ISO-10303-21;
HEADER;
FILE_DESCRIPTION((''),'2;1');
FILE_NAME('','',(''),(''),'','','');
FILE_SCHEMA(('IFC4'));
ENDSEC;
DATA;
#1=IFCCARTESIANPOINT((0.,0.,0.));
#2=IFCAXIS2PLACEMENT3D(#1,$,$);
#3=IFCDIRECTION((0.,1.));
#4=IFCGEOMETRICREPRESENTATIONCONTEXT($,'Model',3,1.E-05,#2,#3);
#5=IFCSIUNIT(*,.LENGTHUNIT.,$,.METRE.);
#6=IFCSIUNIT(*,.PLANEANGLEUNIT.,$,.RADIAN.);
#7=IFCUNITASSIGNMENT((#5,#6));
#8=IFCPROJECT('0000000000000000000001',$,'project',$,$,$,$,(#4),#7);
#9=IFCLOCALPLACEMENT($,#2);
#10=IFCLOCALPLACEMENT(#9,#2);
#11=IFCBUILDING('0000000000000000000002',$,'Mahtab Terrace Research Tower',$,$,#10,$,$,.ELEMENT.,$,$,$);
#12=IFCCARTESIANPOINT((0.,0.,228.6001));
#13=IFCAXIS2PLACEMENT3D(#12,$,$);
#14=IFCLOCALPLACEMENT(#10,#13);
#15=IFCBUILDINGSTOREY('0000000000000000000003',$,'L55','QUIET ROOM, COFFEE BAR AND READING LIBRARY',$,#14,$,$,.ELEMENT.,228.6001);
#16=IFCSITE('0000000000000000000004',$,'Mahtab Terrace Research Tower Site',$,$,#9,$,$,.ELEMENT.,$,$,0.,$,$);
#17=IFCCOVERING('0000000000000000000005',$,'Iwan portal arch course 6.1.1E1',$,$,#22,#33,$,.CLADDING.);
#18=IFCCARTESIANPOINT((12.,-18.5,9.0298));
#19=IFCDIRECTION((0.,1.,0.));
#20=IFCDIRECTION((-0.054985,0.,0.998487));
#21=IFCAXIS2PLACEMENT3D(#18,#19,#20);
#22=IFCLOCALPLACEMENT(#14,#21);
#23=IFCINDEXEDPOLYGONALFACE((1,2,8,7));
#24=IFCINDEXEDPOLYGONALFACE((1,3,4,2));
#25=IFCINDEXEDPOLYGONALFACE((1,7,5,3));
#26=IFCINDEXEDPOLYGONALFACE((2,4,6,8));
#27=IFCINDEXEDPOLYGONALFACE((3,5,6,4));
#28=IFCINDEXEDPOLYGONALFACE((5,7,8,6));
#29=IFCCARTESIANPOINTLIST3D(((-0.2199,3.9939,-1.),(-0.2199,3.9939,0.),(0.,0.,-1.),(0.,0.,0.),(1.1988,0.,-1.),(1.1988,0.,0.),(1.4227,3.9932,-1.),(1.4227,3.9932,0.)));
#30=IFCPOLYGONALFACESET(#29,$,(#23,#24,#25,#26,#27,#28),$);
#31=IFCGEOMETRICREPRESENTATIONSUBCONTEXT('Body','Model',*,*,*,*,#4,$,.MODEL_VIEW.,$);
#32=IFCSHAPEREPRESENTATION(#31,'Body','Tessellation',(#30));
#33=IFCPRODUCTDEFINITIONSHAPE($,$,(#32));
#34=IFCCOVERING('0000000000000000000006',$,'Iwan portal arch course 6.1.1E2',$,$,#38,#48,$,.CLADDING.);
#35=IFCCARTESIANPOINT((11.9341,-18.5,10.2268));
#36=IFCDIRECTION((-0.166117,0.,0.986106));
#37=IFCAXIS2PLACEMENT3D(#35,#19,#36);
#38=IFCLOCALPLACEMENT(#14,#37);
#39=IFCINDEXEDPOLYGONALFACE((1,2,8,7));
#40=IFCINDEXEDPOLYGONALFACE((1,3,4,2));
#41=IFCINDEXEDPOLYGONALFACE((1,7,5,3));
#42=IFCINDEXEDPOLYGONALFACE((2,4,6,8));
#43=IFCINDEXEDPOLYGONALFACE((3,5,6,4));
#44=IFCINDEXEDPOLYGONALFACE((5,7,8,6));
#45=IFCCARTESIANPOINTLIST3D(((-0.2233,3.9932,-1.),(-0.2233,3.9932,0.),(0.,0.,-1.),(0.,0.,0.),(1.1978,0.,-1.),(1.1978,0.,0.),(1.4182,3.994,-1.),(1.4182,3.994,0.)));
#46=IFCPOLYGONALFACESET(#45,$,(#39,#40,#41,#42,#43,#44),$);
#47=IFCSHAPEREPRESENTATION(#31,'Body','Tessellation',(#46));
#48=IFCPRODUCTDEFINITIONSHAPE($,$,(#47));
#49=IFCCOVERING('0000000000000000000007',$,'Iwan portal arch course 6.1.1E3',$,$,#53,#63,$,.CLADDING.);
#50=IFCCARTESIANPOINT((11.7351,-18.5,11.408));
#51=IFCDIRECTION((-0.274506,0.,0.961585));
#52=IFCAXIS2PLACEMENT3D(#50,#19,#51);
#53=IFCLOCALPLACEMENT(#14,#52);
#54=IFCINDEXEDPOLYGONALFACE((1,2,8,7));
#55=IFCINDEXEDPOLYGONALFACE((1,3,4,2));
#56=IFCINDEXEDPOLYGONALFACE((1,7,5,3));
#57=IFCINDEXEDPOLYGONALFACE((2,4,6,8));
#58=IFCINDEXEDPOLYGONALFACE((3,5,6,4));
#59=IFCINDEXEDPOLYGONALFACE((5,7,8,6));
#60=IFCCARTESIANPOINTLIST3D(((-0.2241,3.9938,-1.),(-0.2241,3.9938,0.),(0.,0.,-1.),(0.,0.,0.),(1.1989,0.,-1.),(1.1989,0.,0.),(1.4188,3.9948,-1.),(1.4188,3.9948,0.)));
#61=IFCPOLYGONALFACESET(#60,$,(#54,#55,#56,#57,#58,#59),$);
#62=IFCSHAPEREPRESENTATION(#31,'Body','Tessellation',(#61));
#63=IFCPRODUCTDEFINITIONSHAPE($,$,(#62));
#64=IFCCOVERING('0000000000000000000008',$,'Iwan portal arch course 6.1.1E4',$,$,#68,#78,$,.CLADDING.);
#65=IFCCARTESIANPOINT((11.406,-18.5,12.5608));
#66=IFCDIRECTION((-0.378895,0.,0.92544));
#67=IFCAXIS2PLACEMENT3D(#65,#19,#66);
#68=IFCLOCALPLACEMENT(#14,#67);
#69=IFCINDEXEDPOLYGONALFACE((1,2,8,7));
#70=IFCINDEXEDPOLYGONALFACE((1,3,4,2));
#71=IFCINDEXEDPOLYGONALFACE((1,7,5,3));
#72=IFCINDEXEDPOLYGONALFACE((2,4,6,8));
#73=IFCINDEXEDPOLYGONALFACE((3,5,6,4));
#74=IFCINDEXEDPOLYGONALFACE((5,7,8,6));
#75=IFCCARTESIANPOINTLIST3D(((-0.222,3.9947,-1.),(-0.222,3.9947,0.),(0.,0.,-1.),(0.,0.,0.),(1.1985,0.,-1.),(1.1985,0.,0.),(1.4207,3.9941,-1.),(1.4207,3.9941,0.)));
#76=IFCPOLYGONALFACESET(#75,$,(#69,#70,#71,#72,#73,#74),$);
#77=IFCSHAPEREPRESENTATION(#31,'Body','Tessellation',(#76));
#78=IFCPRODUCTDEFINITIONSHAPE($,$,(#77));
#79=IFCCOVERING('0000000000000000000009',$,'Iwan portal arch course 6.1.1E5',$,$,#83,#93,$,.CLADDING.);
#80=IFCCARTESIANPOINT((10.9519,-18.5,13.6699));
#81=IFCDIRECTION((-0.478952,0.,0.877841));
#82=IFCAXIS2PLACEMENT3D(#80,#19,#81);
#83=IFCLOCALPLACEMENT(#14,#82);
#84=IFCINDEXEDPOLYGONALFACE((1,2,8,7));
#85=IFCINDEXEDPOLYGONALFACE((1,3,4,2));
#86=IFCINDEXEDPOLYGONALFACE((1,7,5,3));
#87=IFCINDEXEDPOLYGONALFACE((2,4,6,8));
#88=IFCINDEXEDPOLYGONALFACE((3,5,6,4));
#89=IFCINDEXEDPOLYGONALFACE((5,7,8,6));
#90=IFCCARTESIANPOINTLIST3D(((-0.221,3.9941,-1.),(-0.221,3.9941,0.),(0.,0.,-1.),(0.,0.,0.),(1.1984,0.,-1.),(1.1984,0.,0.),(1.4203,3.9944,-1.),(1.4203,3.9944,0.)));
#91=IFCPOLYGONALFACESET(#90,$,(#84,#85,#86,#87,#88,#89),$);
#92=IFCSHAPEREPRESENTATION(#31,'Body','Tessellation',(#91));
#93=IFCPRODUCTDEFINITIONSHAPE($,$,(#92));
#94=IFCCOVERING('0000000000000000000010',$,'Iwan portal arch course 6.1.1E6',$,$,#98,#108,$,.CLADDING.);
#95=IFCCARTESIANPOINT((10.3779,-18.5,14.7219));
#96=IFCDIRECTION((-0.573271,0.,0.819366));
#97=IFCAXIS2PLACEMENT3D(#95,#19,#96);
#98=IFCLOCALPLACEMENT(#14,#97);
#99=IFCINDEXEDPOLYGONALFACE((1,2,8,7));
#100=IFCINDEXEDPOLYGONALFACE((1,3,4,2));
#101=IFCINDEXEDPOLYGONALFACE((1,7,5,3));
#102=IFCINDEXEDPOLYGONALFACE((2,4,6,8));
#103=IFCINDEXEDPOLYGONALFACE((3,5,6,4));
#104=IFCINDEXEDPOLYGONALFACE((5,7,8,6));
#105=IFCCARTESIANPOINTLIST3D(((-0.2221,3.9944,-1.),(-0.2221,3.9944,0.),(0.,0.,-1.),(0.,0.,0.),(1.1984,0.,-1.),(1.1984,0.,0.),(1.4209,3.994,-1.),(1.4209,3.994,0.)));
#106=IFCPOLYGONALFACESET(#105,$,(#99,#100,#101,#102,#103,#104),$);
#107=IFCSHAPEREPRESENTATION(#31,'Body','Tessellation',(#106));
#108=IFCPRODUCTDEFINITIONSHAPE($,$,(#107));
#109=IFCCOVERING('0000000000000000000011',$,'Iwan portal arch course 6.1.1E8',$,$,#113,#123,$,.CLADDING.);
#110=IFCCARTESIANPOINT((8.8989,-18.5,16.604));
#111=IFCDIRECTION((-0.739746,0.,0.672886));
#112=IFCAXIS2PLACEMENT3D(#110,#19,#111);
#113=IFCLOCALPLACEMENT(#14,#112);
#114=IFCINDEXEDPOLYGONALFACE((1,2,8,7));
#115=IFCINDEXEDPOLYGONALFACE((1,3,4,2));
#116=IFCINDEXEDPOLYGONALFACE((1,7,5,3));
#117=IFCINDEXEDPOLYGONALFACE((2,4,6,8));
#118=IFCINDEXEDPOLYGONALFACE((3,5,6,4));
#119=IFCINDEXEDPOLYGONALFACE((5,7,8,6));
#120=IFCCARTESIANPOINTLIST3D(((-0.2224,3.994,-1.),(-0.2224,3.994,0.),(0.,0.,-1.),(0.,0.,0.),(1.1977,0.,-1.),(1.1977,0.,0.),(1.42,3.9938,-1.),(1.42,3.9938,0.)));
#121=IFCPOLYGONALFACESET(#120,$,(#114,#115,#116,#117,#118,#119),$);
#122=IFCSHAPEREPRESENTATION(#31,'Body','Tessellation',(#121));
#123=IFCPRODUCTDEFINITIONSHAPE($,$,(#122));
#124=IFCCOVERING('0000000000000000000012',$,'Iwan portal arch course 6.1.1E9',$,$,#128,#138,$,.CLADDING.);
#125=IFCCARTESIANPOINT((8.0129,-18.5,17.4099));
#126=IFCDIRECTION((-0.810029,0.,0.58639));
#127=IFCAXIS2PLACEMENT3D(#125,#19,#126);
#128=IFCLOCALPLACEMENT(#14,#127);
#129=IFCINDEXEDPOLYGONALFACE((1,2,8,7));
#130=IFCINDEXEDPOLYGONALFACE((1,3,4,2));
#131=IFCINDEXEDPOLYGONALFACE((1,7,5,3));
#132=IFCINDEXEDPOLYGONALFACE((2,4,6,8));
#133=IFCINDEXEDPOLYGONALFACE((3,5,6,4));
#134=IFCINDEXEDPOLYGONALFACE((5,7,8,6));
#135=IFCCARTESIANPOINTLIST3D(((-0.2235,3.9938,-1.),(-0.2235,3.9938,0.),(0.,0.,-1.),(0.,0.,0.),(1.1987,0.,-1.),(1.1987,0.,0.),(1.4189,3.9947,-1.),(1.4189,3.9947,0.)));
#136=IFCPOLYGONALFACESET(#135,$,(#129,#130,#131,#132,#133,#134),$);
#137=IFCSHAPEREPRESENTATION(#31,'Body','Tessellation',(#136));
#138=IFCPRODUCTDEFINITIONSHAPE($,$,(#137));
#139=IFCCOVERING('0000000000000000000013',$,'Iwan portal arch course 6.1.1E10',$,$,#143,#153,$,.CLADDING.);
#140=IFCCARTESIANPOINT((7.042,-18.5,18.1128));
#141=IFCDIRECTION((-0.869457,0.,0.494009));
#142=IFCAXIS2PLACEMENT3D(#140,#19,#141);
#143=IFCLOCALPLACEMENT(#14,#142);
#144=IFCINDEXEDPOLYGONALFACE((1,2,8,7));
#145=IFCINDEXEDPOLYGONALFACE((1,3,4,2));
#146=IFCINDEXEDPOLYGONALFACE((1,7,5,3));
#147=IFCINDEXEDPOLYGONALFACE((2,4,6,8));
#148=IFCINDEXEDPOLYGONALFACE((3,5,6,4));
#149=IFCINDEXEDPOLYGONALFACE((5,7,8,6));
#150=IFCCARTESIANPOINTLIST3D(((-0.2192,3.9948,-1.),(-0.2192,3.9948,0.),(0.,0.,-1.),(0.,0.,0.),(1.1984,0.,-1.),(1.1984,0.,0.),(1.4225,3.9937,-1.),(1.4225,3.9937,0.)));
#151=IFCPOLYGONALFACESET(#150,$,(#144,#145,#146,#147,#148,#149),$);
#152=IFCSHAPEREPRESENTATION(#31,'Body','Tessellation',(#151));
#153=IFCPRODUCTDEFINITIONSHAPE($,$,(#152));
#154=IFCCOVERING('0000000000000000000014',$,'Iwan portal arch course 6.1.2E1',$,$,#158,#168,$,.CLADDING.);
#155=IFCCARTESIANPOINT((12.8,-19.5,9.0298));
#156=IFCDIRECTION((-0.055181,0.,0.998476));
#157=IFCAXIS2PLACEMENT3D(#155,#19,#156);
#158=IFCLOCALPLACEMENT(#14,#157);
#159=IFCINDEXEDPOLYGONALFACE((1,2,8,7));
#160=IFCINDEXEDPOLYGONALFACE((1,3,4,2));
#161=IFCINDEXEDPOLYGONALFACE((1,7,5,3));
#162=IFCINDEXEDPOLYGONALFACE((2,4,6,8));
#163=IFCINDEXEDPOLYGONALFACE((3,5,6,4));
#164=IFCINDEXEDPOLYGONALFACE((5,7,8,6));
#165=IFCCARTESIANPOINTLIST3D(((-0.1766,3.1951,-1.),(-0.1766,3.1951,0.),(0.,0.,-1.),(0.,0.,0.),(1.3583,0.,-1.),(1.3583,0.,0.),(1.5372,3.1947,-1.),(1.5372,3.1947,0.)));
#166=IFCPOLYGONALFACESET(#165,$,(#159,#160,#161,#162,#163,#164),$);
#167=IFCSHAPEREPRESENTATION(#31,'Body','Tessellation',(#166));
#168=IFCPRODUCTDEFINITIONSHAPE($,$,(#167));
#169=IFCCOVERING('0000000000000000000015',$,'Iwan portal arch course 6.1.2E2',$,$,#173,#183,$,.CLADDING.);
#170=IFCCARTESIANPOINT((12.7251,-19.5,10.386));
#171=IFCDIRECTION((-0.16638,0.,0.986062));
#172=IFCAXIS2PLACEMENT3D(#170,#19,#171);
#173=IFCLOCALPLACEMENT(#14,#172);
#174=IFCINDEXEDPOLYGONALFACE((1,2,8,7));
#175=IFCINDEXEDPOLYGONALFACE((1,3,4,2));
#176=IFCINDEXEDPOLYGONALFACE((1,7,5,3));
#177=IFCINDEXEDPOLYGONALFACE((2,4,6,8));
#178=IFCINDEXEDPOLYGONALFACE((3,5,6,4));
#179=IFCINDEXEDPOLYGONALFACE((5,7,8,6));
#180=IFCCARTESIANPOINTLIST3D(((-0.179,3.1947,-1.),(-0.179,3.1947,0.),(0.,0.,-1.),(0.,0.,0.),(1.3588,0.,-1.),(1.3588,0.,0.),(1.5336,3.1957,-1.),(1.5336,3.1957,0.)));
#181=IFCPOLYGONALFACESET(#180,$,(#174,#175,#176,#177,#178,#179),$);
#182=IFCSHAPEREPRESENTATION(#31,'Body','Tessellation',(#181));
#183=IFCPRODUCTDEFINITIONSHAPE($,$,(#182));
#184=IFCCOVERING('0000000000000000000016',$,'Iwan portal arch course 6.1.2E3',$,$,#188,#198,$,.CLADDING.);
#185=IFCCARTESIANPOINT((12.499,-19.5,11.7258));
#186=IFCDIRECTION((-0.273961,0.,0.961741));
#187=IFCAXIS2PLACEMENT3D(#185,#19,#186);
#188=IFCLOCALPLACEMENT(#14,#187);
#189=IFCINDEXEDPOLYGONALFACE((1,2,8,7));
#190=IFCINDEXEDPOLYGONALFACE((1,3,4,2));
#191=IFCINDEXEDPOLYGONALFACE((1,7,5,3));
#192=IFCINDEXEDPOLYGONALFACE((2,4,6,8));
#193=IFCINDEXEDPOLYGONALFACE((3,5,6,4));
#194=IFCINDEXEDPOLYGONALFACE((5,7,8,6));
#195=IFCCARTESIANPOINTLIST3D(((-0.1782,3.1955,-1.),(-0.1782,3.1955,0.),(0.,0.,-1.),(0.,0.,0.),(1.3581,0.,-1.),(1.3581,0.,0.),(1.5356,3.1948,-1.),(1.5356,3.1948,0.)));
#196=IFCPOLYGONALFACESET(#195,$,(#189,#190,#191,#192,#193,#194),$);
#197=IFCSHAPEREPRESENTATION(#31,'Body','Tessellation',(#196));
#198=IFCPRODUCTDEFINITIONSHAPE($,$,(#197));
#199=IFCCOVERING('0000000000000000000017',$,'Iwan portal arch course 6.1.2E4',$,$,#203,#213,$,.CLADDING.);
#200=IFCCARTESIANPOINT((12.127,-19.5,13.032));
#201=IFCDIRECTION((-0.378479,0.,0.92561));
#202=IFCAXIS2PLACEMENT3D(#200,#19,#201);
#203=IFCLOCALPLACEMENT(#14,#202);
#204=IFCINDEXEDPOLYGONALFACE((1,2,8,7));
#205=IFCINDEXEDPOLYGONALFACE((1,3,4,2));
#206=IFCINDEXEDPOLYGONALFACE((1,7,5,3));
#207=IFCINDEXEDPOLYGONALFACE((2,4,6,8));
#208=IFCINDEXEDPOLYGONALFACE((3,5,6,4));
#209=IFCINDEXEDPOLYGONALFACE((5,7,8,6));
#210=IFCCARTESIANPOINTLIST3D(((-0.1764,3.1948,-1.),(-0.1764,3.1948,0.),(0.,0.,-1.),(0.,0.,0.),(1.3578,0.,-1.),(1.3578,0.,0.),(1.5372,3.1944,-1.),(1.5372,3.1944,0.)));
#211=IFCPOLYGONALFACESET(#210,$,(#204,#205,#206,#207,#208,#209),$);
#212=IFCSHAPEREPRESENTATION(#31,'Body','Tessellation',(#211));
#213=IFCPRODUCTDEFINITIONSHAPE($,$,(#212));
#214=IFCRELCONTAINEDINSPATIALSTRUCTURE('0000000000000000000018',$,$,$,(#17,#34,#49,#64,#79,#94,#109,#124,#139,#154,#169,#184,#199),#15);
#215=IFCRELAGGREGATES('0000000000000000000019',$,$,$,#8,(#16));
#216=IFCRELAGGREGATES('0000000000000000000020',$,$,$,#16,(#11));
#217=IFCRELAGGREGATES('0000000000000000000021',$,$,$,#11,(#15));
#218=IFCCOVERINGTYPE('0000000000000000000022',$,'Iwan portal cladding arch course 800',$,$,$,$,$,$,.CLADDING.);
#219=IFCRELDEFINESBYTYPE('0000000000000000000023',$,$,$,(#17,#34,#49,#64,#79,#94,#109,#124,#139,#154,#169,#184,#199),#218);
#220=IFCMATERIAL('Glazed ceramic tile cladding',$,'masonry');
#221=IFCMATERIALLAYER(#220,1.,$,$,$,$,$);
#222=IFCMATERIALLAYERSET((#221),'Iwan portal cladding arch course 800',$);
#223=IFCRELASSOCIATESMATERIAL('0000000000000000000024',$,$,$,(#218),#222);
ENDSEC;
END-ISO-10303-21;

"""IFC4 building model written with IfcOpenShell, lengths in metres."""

from ifc_helpers import new_model, si_unit, direction, frame, origin, place, context, subcontext, project, spatial, polyline, outline, extrude, material, layer, layer_set, type_object, element, save


model = new_model("IFC4")

# Units and contexts
model_context = context("Model", 3, precision=1e-05, world=origin(), true_north=direction((0.0, 1.0)))
body_context = subcontext(model_context, "Body", "Model", "MODEL_VIEW")
ifc_project = project(units=[si_unit("LENGTHUNIT", "METRE"), si_unit("PLANEANGLEUNIT", "RADIAN")], contexts=[model_context])

# Site, building, storey
site_placement = place(None, origin())
site = spatial("IfcSite", under=ifc_project, at=site_placement, Name="Mahtab Terrace Research Tower Site", CompositionType="ELEMENT", RefElevation=0.0)
building_placement = place(site_placement, origin())
building = spatial("IfcBuilding", under=site, at=building_placement, Name="Mahtab Terrace Research Tower", CompositionType="ELEMENT")
storey_placement = place(building_placement, frame((0.0, 0.0, 228.6001)))
storey = spatial("IfcBuildingStorey", under=building, at=storey_placement, Name="L55", Description="QUIET ROOM, COFFEE BAR AND READING LIBRARY", CompositionType="ELEMENT", Elevation=228.6001)

# Coverings
ifc_material_1 = material(Name="Glazed ceramic tile cladding", Category="masonry")
ifc_layer = layer(ifc_material_1, 1.0)
ifc_layer_set = layer_set([ifc_layer], Name="Iwan portal cladding arch course 800")
covering_type = type_object("IfcCoveringType", Name="Iwan portal cladding arch course 800", PredefinedType="CLADDING", material=ifc_layer_set)
covering_1_placement = place(storey_placement, frame((12.0, -18.5, 9.0298), z_axis=(0.0, 1.0, 0.0), x_axis=(-0.054985, 0.0, 0.998487)))
element("IfcCovering", 1, at=covering_1_placement, inside=storey, type_object=covering_type, Name="Iwan portal arch course 6.1.1E1", PredefinedType="CLADDING", context=body_context, shape_type="SweptSolid", body=[
    extrude(outline(polyline([(0.0, 0.0), (1.1988, 0.0), (1.4227, 3.9932), (-0.2199, 3.9939), (0.0, 0.0)])), origin(), (0.0, 0.0, -1.0), 1.0),
])
covering_2_placement = place(storey_placement, frame((11.9341, -18.5, 10.2268), z_axis=(0.0, 1.0, 0.0), x_axis=(-0.166117, 0.0, 0.986106)))
element("IfcCovering", 2, at=covering_2_placement, inside=storey, type_object=covering_type, Name="Iwan portal arch course 6.1.1E2", PredefinedType="CLADDING", context=body_context, shape_type="SweptSolid", body=[
    extrude(outline(polyline([(0.0, 0.0), (1.1978, 0.0), (1.4182, 3.994), (-0.2233, 3.9932), (0.0, 0.0)])), origin(), (0.0, 0.0, -1.0), 1.0),
])
covering_3_placement = place(storey_placement, frame((11.7351, -18.5, 11.408), z_axis=(0.0, 1.0, 0.0), x_axis=(-0.274506, 0.0, 0.961585)))
element("IfcCovering", 3, at=covering_3_placement, inside=storey, type_object=covering_type, Name="Iwan portal arch course 6.1.1E3", PredefinedType="CLADDING", context=body_context, shape_type="SweptSolid", body=[
    extrude(outline(polyline([(0.0, 0.0), (1.1989, 0.0), (1.4188, 3.9948), (-0.2241, 3.9938), (0.0, 0.0)])), origin(), (0.0, 0.0, -1.0), 1.0),
])
covering_4_placement = place(storey_placement, frame((11.406, -18.5, 12.5608), z_axis=(0.0, 1.0, 0.0), x_axis=(-0.378895, 0.0, 0.92544)))
element("IfcCovering", 4, at=covering_4_placement, inside=storey, type_object=covering_type, Name="Iwan portal arch course 6.1.1E4", PredefinedType="CLADDING", context=body_context, shape_type="SweptSolid", body=[
    extrude(outline(polyline([(0.0, 0.0), (1.1985, 0.0), (1.4207, 3.9941), (-0.222, 3.9947), (0.0, 0.0)])), origin(), (0.0, 0.0, -1.0), 1.0),
])
covering_5_placement = place(storey_placement, frame((10.9519, -18.5, 13.6699), z_axis=(0.0, 1.0, 0.0), x_axis=(-0.478952, 0.0, 0.877841)))
element("IfcCovering", 5, at=covering_5_placement, inside=storey, type_object=covering_type, Name="Iwan portal arch course 6.1.1E5", PredefinedType="CLADDING", context=body_context, shape_type="SweptSolid", body=[
    extrude(outline(polyline([(0.0, 0.0), (1.1984, 0.0), (1.4203, 3.9944), (-0.221, 3.9941), (0.0, 0.0)])), origin(), (0.0, 0.0, -1.0), 1.0),
])
covering_6_placement = place(storey_placement, frame((10.3779, -18.5, 14.7219), z_axis=(0.0, 1.0, 0.0), x_axis=(-0.573271, 0.0, 0.819366)))
element("IfcCovering", 6, at=covering_6_placement, inside=storey, type_object=covering_type, Name="Iwan portal arch course 6.1.1E6", PredefinedType="CLADDING", context=body_context, shape_type="SweptSolid", body=[
    extrude(outline(polyline([(0.0, 0.0), (1.1984, 0.0), (1.4209, 3.994), (-0.2221, 3.9944), (0.0, 0.0)])), origin(), (0.0, 0.0, -1.0), 1.0),
])
covering_7_placement = place(storey_placement, frame((8.8989, -18.5, 16.604), z_axis=(0.0, 1.0, 0.0), x_axis=(-0.739746, 0.0, 0.672886)))
element("IfcCovering", 7, at=covering_7_placement, inside=storey, type_object=covering_type, Name="Iwan portal arch course 6.1.1E8", PredefinedType="CLADDING", context=body_context, shape_type="SweptSolid", body=[
    extrude(outline(polyline([(0.0, 0.0), (1.1977, 0.0), (1.42, 3.9938), (-0.2224, 3.994), (0.0, 0.0)])), origin(), (0.0, 0.0, -1.0), 1.0),
])
covering_8_placement = place(storey_placement, frame((8.0129, -18.5, 17.4099), z_axis=(0.0, 1.0, 0.0), x_axis=(-0.810029, 0.0, 0.58639)))
element("IfcCovering", 8, at=covering_8_placement, inside=storey, type_object=covering_type, Name="Iwan portal arch course 6.1.1E9", PredefinedType="CLADDING", context=body_context, shape_type="SweptSolid", body=[
    extrude(outline(polyline([(0.0, 0.0), (1.1987, 0.0), (1.4189, 3.9947), (-0.2235, 3.9938), (0.0, 0.0)])), origin(), (0.0, 0.0, -1.0), 1.0),
])
covering_9_placement = place(storey_placement, frame((7.042, -18.5, 18.1128), z_axis=(0.0, 1.0, 0.0), x_axis=(-0.869457, 0.0, 0.494009)))
element("IfcCovering", 9, at=covering_9_placement, inside=storey, type_object=covering_type, Name="Iwan portal arch course 6.1.1E10", PredefinedType="CLADDING", context=body_context, shape_type="SweptSolid", body=[
    extrude(outline(polyline([(0.0, 0.0), (1.1984, 0.0), (1.4225, 3.9937), (-0.2192, 3.9948), (0.0, 0.0)])), origin(), (0.0, 0.0, -1.0), 1.0),
])
covering_10_placement = place(storey_placement, frame((12.8, -19.5, 9.0298), z_axis=(0.0, 1.0, 0.0), x_axis=(-0.055181, 0.0, 0.998476)))
element("IfcCovering", 10, at=covering_10_placement, inside=storey, type_object=covering_type, Name="Iwan portal arch course 6.1.2E1", PredefinedType="CLADDING", context=body_context, shape_type="SweptSolid", body=[
    extrude(outline(polyline([(0.0, 0.0), (1.3583, 0.0), (1.5372, 3.1947), (-0.1766, 3.1951), (0.0, 0.0)])), origin(), (0.0, 0.0, -1.0), 1.0),
])
covering_11_placement = place(storey_placement, frame((12.7251, -19.5, 10.386), z_axis=(0.0, 1.0, 0.0), x_axis=(-0.16638, 0.0, 0.986062)))
element("IfcCovering", 11, at=covering_11_placement, inside=storey, type_object=covering_type, Name="Iwan portal arch course 6.1.2E2", PredefinedType="CLADDING", context=body_context, shape_type="SweptSolid", body=[
    extrude(outline(polyline([(0.0, 0.0), (1.3588, 0.0), (1.5336, 3.1957), (-0.179, 3.1947), (0.0, 0.0)])), origin(), (0.0, 0.0, -1.0), 1.0),
])
covering_12_placement = place(storey_placement, frame((12.499, -19.5, 11.7258), z_axis=(0.0, 1.0, 0.0), x_axis=(-0.273961, 0.0, 0.961741)))
element("IfcCovering", 12, at=covering_12_placement, inside=storey, type_object=covering_type, Name="Iwan portal arch course 6.1.2E3", PredefinedType="CLADDING", context=body_context, shape_type="SweptSolid", body=[
    extrude(outline(polyline([(0.0, 0.0), (1.3581, 0.0), (1.5356, 3.1948), (-0.1782, 3.1955), (0.0, 0.0)])), origin(), (0.0, 0.0, -1.0), 1.0),
])
covering_13_placement = place(storey_placement, frame((12.127, -19.5, 13.032), z_axis=(0.0, 1.0, 0.0), x_axis=(-0.378479, 0.0, 0.92561)))
element("IfcCovering", 13, at=covering_13_placement, inside=storey, type_object=covering_type, Name="Iwan portal arch course 6.1.2E4", PredefinedType="CLADDING", context=body_context, shape_type="SweptSolid", body=[
    extrude(outline(polyline([(0.0, 0.0), (1.3578, 0.0), (1.5372, 3.1944), (-0.1764, 3.1948), (0.0, 0.0)])), origin(), (0.0, 0.0, -1.0), 1.0),
])

save(model, "model.ifc")
